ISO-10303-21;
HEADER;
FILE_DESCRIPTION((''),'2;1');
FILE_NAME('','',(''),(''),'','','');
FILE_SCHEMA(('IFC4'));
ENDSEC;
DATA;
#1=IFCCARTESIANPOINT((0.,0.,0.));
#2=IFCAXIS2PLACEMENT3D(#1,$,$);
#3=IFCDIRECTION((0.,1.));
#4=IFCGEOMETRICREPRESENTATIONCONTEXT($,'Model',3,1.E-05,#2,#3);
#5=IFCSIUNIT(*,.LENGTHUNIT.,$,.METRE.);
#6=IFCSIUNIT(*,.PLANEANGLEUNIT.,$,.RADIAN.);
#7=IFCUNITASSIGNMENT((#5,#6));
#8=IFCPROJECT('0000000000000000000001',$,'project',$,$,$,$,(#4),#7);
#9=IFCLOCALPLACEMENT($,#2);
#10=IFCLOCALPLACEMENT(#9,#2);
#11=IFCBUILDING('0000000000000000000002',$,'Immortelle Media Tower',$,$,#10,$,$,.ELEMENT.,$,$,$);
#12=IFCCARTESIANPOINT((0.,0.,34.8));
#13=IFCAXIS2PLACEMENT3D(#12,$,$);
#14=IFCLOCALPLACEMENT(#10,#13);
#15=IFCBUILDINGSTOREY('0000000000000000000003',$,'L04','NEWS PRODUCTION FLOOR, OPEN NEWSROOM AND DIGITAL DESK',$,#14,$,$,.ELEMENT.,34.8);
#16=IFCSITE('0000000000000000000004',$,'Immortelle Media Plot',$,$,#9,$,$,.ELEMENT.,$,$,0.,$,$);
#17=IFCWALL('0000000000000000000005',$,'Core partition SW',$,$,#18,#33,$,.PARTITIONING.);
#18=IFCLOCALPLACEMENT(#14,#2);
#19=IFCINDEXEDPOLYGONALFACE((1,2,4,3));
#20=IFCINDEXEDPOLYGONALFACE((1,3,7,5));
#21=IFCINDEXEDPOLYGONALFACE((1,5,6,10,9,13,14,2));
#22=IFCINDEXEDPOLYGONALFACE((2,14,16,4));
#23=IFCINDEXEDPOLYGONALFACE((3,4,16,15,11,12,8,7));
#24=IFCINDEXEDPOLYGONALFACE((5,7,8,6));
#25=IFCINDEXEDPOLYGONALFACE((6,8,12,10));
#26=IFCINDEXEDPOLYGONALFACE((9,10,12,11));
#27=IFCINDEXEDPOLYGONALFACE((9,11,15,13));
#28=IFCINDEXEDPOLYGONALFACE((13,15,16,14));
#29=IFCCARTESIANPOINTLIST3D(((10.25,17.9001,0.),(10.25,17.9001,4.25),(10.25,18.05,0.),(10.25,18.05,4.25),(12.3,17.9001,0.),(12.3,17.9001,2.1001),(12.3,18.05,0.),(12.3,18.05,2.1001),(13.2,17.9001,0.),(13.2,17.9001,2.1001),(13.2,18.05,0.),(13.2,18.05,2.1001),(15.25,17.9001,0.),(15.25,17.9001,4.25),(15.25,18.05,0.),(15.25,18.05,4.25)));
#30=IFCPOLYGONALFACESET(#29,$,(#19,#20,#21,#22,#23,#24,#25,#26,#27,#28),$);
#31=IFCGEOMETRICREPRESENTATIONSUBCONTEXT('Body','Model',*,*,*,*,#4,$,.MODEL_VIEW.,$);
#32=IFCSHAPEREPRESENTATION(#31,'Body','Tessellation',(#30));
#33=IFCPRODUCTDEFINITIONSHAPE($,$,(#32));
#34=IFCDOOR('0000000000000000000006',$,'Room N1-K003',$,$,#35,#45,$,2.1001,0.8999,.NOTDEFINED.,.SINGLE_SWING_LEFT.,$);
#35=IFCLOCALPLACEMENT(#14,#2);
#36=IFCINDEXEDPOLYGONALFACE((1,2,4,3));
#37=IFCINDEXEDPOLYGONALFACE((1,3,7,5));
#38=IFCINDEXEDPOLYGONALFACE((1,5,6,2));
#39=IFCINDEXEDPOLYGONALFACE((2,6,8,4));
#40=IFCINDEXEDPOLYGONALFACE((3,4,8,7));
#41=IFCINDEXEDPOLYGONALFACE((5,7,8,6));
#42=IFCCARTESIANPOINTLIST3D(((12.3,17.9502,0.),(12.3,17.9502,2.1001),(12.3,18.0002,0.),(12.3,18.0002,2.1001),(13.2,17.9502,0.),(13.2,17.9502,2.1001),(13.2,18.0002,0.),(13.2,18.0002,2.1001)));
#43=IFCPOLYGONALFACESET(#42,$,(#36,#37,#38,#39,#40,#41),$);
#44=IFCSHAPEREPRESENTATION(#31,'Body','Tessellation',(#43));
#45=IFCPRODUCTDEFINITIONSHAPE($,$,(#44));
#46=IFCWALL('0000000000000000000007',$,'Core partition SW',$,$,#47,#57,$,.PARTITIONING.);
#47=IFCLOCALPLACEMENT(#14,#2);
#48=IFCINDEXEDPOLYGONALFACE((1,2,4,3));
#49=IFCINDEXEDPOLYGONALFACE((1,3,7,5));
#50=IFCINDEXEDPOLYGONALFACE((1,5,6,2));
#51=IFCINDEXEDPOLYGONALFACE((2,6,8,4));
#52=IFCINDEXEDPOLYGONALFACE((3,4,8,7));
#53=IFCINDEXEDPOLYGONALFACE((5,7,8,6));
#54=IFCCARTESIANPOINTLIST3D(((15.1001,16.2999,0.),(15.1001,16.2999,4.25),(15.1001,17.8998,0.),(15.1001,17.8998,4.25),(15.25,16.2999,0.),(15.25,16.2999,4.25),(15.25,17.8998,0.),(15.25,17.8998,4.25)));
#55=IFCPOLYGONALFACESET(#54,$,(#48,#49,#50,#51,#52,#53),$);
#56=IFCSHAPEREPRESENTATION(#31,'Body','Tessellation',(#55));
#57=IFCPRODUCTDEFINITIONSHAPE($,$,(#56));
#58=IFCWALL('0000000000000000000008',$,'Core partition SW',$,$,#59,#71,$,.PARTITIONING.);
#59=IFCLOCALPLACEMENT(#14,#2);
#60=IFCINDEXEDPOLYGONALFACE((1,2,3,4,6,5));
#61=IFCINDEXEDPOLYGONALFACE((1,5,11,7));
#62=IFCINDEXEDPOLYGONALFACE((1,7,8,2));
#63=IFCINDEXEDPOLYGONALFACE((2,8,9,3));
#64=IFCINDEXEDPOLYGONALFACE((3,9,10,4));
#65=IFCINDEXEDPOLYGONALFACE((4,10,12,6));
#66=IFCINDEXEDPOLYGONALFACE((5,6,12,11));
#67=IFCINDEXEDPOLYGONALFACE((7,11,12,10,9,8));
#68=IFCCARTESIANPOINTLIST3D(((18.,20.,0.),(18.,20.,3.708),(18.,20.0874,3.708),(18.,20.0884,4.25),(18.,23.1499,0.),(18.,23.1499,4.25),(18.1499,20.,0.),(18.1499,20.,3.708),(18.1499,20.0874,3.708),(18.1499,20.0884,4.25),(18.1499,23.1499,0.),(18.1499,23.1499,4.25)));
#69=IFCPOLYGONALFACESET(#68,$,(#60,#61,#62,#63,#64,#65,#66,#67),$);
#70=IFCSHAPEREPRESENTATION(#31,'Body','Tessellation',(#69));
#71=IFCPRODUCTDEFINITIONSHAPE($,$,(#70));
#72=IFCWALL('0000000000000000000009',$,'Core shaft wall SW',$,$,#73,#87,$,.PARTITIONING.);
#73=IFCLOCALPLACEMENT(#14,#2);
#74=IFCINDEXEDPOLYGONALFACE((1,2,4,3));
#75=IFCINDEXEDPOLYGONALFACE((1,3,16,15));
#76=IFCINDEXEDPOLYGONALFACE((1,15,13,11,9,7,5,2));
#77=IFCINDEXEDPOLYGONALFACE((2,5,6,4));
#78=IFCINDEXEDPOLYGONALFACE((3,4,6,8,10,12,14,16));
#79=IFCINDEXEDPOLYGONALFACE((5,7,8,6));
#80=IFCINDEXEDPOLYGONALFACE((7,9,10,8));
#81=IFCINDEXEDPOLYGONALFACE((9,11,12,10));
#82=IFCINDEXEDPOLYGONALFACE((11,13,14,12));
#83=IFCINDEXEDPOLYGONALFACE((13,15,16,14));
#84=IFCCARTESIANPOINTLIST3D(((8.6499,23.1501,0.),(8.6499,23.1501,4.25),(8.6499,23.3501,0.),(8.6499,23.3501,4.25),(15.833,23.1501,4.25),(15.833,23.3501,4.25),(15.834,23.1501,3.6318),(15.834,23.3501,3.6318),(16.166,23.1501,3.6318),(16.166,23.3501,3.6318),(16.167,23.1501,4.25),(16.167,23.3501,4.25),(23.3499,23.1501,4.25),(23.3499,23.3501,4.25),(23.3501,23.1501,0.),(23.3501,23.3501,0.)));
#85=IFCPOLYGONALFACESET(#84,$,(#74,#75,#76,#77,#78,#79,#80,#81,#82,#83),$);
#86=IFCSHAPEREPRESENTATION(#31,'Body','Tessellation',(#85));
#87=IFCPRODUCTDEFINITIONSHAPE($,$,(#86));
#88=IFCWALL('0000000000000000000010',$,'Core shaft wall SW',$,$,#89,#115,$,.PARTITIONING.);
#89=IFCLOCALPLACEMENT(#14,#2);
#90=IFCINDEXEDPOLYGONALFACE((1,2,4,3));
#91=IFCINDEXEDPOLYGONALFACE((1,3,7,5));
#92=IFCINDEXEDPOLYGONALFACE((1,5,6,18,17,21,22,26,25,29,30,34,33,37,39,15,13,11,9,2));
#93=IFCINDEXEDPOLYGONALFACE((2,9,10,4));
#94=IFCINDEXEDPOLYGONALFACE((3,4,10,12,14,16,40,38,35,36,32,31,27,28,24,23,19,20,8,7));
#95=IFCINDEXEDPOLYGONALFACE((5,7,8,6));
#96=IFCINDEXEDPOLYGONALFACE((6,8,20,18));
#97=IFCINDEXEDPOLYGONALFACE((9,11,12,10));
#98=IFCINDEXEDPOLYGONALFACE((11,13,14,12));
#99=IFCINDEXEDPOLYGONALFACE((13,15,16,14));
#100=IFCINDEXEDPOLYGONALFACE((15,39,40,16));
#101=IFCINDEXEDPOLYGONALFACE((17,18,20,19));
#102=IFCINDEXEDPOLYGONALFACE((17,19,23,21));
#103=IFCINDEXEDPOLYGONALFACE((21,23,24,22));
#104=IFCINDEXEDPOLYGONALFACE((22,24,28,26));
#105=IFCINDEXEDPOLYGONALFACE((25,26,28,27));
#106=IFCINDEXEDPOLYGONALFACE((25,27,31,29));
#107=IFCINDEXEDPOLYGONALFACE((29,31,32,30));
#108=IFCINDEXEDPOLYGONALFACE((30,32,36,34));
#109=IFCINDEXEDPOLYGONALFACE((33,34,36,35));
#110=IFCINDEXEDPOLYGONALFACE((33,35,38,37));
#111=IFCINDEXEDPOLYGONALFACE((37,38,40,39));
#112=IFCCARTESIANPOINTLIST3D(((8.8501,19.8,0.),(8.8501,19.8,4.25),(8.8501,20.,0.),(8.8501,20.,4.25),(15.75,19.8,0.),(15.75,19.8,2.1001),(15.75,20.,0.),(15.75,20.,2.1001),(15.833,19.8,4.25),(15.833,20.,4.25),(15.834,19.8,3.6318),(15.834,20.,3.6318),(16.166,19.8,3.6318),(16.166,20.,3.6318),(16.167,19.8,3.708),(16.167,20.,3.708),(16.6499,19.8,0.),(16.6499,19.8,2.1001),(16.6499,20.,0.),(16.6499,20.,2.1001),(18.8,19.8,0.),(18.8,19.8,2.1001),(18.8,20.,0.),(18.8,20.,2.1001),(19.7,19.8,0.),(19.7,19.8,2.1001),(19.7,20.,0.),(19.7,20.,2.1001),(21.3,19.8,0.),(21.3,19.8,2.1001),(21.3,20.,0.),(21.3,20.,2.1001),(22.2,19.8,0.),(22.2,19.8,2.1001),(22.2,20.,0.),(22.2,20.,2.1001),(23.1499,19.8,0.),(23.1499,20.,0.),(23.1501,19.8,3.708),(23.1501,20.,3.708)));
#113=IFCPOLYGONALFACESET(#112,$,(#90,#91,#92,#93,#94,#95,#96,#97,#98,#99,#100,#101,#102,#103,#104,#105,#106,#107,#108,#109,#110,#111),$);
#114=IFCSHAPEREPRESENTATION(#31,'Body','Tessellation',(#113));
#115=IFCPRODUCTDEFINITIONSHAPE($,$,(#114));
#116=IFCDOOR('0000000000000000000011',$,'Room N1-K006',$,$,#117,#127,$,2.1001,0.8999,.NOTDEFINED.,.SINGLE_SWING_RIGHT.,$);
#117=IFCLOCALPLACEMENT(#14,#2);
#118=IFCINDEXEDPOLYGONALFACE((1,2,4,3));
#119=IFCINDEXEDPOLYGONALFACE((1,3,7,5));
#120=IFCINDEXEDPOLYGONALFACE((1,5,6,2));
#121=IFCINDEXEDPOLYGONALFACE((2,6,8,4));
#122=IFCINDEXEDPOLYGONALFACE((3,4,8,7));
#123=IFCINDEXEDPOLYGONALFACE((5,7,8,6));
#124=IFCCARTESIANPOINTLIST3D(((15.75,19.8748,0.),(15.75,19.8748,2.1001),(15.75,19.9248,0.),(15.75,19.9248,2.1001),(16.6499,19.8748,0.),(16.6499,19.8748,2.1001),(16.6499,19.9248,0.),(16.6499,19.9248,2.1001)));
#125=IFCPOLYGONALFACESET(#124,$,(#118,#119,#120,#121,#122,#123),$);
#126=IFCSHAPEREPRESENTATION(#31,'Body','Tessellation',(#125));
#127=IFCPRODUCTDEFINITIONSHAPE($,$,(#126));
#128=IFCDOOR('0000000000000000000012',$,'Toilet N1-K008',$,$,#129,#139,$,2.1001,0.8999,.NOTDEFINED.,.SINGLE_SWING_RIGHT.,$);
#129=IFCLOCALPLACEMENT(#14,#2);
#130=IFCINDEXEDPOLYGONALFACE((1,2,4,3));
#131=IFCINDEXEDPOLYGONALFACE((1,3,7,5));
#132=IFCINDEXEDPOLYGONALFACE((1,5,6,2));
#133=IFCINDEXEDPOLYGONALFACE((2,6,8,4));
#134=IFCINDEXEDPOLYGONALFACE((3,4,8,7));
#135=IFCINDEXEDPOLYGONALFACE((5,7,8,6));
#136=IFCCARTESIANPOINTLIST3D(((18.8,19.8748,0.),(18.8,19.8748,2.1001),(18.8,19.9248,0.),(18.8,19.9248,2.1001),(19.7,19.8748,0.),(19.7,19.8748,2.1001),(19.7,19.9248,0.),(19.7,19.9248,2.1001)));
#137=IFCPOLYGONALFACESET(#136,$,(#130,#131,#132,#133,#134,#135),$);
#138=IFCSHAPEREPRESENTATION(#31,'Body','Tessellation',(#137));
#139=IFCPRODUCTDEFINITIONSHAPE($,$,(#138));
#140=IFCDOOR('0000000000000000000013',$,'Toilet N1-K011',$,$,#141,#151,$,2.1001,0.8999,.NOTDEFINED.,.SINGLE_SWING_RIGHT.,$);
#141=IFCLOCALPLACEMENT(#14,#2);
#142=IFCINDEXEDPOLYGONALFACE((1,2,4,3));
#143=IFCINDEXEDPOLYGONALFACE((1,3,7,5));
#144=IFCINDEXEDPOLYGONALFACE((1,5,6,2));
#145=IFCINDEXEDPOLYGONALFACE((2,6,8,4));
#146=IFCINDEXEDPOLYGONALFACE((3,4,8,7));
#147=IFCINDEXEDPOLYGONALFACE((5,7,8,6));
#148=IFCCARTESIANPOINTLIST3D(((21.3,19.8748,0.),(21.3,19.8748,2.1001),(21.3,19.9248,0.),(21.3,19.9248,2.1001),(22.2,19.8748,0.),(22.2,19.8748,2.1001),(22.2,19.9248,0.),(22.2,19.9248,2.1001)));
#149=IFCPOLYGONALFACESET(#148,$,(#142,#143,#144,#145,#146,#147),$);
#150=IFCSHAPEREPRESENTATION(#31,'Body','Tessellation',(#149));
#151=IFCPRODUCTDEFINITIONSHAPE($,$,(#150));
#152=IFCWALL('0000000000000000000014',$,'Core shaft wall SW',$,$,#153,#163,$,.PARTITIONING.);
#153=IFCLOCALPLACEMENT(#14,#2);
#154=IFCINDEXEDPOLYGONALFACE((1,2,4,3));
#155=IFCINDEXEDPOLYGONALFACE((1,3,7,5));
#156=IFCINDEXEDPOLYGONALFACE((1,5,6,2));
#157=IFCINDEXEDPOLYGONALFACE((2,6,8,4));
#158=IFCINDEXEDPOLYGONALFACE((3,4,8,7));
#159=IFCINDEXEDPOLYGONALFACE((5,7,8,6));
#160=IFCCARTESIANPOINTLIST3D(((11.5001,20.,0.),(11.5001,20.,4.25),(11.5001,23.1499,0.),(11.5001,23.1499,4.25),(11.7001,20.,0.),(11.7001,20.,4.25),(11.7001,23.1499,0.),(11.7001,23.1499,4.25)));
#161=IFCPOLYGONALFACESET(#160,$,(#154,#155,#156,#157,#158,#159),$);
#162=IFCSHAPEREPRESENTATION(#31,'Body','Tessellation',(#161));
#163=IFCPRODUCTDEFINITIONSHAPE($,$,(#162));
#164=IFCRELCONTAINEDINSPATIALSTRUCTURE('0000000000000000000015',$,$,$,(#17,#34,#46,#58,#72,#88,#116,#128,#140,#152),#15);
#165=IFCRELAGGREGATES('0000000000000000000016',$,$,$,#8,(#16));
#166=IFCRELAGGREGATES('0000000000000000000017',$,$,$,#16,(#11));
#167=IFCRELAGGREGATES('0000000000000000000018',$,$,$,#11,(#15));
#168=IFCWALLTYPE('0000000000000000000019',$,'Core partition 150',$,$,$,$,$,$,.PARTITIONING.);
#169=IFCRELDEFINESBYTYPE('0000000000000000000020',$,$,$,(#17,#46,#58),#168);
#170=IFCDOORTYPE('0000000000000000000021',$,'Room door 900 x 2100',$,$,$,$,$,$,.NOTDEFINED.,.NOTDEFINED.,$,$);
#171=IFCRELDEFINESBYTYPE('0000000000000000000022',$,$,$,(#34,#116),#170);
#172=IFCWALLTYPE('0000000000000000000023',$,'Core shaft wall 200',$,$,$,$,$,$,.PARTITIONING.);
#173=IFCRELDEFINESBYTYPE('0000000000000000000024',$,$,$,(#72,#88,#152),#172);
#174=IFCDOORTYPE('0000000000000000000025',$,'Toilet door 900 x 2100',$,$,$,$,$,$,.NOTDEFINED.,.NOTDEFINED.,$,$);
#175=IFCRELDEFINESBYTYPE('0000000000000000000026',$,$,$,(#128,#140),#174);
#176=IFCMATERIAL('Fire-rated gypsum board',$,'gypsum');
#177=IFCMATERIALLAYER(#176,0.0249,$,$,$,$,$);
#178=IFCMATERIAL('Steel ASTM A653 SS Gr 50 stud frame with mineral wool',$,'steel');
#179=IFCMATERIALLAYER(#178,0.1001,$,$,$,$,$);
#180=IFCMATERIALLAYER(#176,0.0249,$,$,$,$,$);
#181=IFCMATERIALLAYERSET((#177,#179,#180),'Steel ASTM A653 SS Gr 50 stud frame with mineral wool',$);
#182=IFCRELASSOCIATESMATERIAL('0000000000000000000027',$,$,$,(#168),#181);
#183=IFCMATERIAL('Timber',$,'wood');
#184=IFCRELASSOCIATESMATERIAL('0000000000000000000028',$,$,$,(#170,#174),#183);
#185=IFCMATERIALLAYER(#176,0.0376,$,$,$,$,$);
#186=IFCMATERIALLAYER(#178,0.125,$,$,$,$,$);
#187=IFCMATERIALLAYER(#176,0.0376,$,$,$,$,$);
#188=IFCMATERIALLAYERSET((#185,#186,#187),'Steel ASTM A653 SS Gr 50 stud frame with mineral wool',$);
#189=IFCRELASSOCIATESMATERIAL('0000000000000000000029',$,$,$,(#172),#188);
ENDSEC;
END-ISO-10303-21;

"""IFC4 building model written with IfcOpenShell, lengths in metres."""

from ifc_helpers import new_model, si_unit, direction, frame, frame_2d, origin, place, context, subcontext, project, spatial, polyline, rectangle, outline, extrude, material, layer, layer_set, type_object, element, fill, save


model = new_model("IFC4")

# Units and contexts
model_context = context("Model", 3, precision=1e-05, world=origin(), true_north=direction((0.0, 1.0)))
body_context = subcontext(model_context, "Body", "Model", "MODEL_VIEW")
ifc_project = project(units=[si_unit("LENGTHUNIT", "METRE"), si_unit("PLANEANGLEUNIT", "RADIAN")], contexts=[model_context])

# Site, building, storey
site_placement = place(None, origin())
site = spatial("IfcSite", under=ifc_project, at=site_placement, Name="Immortelle Media Plot", CompositionType="ELEMENT", RefElevation=0.0)
building_placement = place(site_placement, origin())
building = spatial("IfcBuilding", under=site, at=building_placement, Name="Immortelle Media Tower", CompositionType="ELEMENT")
storey_placement = place(building_placement, frame((0.0, 0.0, 34.8)))
storey = spatial("IfcBuildingStorey", under=building, at=storey_placement, Name="L04", Description="NEWS PRODUCTION FLOOR, OPEN NEWSROOM AND DIGITAL DESK", CompositionType="ELEMENT", Elevation=34.8)

# Shared definitions
ifc_material_1 = material(Name="Fire-rated gypsum board", Category="gypsum")
ifc_layer_1 = layer(ifc_material_1, 0.0249)
ifc_material_2 = material(Name="Steel ASTM A653 SS Gr 50 stud frame with mineral wool", Category="steel")
ifc_layer_2 = layer(ifc_material_2, 0.1001)
ifc_layer_3 = layer(ifc_material_1, 0.0249)
ifc_layer_set_1 = layer_set([ifc_layer_1, ifc_layer_2, ifc_layer_3], Name="Steel ASTM A653 SS Gr 50 stud frame with mineral wool")
wall_type_1 = type_object("IfcWallType", Name="Core partition 150", PredefinedType="PARTITIONING", material=ifc_layer_set_1)

# Wall, opening, door
wall_1_placement = place(storey_placement, frame((10.25, 17.9751, 0.0), z_axis=(0.0, 0.0, 1.0), x_axis=(1.0, 0.0, 0.0)))
wall_1 = element("IfcWall", 1, at=wall_1_placement, inside=storey, type_object=wall_type_1, Name="Core partition SW", PredefinedType="PARTITIONING", context=body_context, shape_type="SweptSolid", body=[
    extrude(rectangle(XDim=5.0, YDim=0.1499, at=frame_2d((2.5, 0.0))), origin(), (0.0, 0.0, 1.0), 4.25),
])
opening_1_placement = place(wall_1_placement, frame((2.95, 0.0, 0.0), z_axis=(0.0, 0.0, 1.0), x_axis=(-1.0, 0.0, 0.0)))
opening_1 = element("IfcOpeningElement", 2, at=opening_1_placement, cuts=wall_1, PredefinedType="OPENING", context=body_context, shape_type="SweptSolid", body=[
    extrude(rectangle(XDim=0.8999, YDim=2.1001, at=frame_2d((0.45, 1.05))), frame((0.0, 0.085, 0.0), z_axis=(0.0, -1.0, 0.0), x_axis=(1.0, 0.0, 0.0)), (0.0, 0.0, 1.0), 0.1699),
])
ifc_material_3 = material(Name="Timber", Category="wood")
door_type_1 = type_object("IfcDoorType", Name="Room door 900 x 2100", OperationType="NOTDEFINED", PredefinedType="NOTDEFINED", material=ifc_material_3)
door_1_placement = place(opening_1_placement, origin())
door_1 = element("IfcDoor", 3, at=door_1_placement, inside=storey, type_object=door_type_1, Name="Room N1-K003", OperationType="SINGLE_SWING_LEFT", OverallHeight=2.1001, OverallWidth=0.8999, PredefinedType="NOTDEFINED", context=body_context, shape_type="SweptSolid", body=[
    extrude(rectangle(XDim=0.8999, YDim=2.1001, at=frame_2d((0.45, 1.05))), frame((0.0, 0.0249, 0.0), z_axis=(0.0, -1.0, 0.0), x_axis=(1.0, 0.0, 0.0)), (0.0, 0.0, 1.0), 0.05),
])
fill(opening_1, door_1)

# Walls
wall_2_placement = place(storey_placement, frame((15.175, 16.3, 0.0), z_axis=(0.0, 0.0, 1.0), x_axis=(0.0, 1.0, 0.0)))
element("IfcWall", 4, at=wall_2_placement, inside=storey, type_object=wall_type_1, Name="Core partition SW", PredefinedType="PARTITIONING", context=body_context, shape_type="SweptSolid", body=[
    extrude(rectangle(XDim=1.5999, YDim=0.1499, at=frame_2d((0.7998, 0.0))), origin(), (0.0, 0.0, 1.0), 4.25),
])
wall_3_placement = place(storey_placement, frame((18.075, 20.0, 0.0), z_axis=(0.0, 0.0, 1.0), x_axis=(0.0, 1.0, 0.0)))
element("IfcWall", 5, at=wall_3_placement, inside=storey, type_object=wall_type_1, Name="Core partition SW", PredefinedType="PARTITIONING", context=body_context, shape_type="SweptSolid", body=[
    extrude(outline(polyline([(0.0, 0.0), (3.1499, 0.0), (3.1499, 4.25), (0.0884, 4.25), (0.0874, 3.708), (0.0, 3.708), (0.0, 0.0)])), frame((0.0, 0.075, 0.0), z_axis=(0.0, -1.0, 0.0), x_axis=(1.0, 0.0, 0.0)), (0.0, 0.0, 1.0), 0.1499),
])
ifc_layer_4 = layer(ifc_material_1, 0.0376)
ifc_layer_5 = layer(ifc_material_2, 0.125)
ifc_layer_6 = layer(ifc_material_1, 0.0376)
ifc_layer_set_2 = layer_set([ifc_layer_4, ifc_layer_5, ifc_layer_6], Name="Steel ASTM A653 SS Gr 50 stud frame with mineral wool")
wall_type_2 = type_object("IfcWallType", Name="Core shaft wall 200", PredefinedType="PARTITIONING", material=ifc_layer_set_2)
wall_4_placement = place(storey_placement, frame((8.6499, 23.25, 0.0), z_axis=(0.0, 0.0, 1.0), x_axis=(1.0, 0.0, 0.0)))
element("IfcWall", 6, at=wall_4_placement, inside=storey, type_object=wall_type_2, Name="Core shaft wall SW", PredefinedType="PARTITIONING", context=body_context, shape_type="SweptSolid", body=[
    extrude(outline(polyline([(0.0, 0.0), (14.7002, 0.0), (14.7, 4.25), (7.5171, 4.25), (7.5161, 3.6318), (7.1841, 3.6318), (7.1831, 4.25), (0.0, 4.25), (0.0, 0.0)])), frame((0.0, 0.1001, 0.0), z_axis=(0.0, -1.0, 0.0), x_axis=(1.0, 0.0, 0.0)), (0.0, 0.0, 1.0), 0.2),
])

# Wall, openings, doors
wall_5_placement = place(storey_placement, frame((8.8501, 19.8999, 0.0), z_axis=(0.0, 0.0, 1.0), x_axis=(1.0, 0.0, 0.0)))
wall_5 = element("IfcWall", 7, at=wall_5_placement, inside=storey, type_object=wall_type_2, Name="Core shaft wall SW", PredefinedType="PARTITIONING", context=body_context, shape_type="SweptSolid", body=[
    extrude(outline(polyline([(0.0, 0.0), (14.2998, 0.0), (14.3, 3.708), (7.3169, 3.708), (7.3159, 3.6318), (6.9839, 3.6318), (6.9829, 4.25), (0.0, 4.25), (0.0, 0.0)])), frame((0.0, 0.1001, 0.0), z_axis=(0.0, -1.0, 0.0), x_axis=(1.0, 0.0, 0.0)), (0.0, 0.0, 1.0), 0.2),
])
opening_2_placement = place(wall_5_placement, frame((6.8999, 0.0, 0.0)))
opening_2 = element("IfcOpeningElement", 8, at=opening_2_placement, cuts=wall_5, PredefinedType="OPENING", context=body_context, shape_type="SweptSolid", body=[
    extrude(rectangle(XDim=0.8999, YDim=2.1001, at=frame_2d((0.45, 1.05))), frame((0.0, 0.1099, 0.0), z_axis=(0.0, -1.0, 0.0), x_axis=(1.0, 0.0, 0.0)), (0.0, 0.0, 1.0), 0.22),
])
opening_3_placement = place(wall_5_placement, frame((9.95, 0.0, 0.0)))
opening_3 = element("IfcOpeningElement", 9, at=opening_3_placement, cuts=wall_5, PredefinedType="OPENING", context=body_context, shape_type="SweptSolid", body=[
    extrude(rectangle(XDim=0.8999, YDim=2.1001, at=frame_2d((0.45, 1.05))), frame((0.0, 0.1099, 0.0), z_axis=(0.0, -1.0, 0.0), x_axis=(1.0, 0.0, 0.0)), (0.0, 0.0, 1.0), 0.22),
])
opening_4_placement = place(wall_5_placement, frame((12.45, 0.0, 0.0)))
opening_4 = element("IfcOpeningElement", 10, at=opening_4_placement, cuts=wall_5, PredefinedType="OPENING", context=body_context, shape_type="SweptSolid", body=[
    extrude(rectangle(XDim=0.8999, YDim=2.1001, at=frame_2d((0.45, 1.05))), frame((0.0, 0.1099, 0.0), z_axis=(0.0, -1.0, 0.0), x_axis=(1.0, 0.0, 0.0)), (0.0, 0.0, 1.0), 0.22),
])
door_2_placement = place(opening_2_placement, origin())
door_2 = element("IfcDoor", 11, at=door_2_placement, inside=storey, type_object=door_type_1, Name="Room N1-K006", OperationType="SINGLE_SWING_RIGHT", OverallHeight=2.1001, OverallWidth=0.8999, PredefinedType="NOTDEFINED", context=body_context, shape_type="SweptSolid", body=[
    extrude(rectangle(XDim=0.8999, YDim=2.1001, at=frame_2d((0.45, 1.05))), frame((0.0, 0.0249, 0.0), z_axis=(0.0, -1.0, 0.0), x_axis=(1.0, 0.0, 0.0)), (0.0, 0.0, 1.0), 0.05),
])
fill(opening_2, door_2)
door_type_2 = type_object("IfcDoorType", Name="Toilet door 900 x 2100", OperationType="NOTDEFINED", PredefinedType="NOTDEFINED", material=ifc_material_3)
door_3_placement = place(opening_3_placement, origin())
door_3 = element("IfcDoor", 12, at=door_3_placement, inside=storey, type_object=door_type_2, Name="Toilet N1-K008", OperationType="SINGLE_SWING_RIGHT", OverallHeight=2.1001, OverallWidth=0.8999, PredefinedType="NOTDEFINED", context=body_context, shape_type="SweptSolid", body=[
    extrude(rectangle(XDim=0.8999, YDim=2.1001, at=frame_2d((0.45, 1.05))), frame((0.0, 0.0249, 0.0), z_axis=(0.0, -1.0, 0.0), x_axis=(1.0, 0.0, 0.0)), (0.0, 0.0, 1.0), 0.05),
])
fill(opening_3, door_3)
door_4_placement = place(opening_4_placement, origin())
door_4 = element("IfcDoor", 13, at=door_4_placement, inside=storey, type_object=door_type_2, Name="Toilet N1-K011", OperationType="SINGLE_SWING_RIGHT", OverallHeight=2.1001, OverallWidth=0.8999, PredefinedType="NOTDEFINED", context=body_context, shape_type="SweptSolid", body=[
    extrude(rectangle(XDim=0.8999, YDim=2.1001, at=frame_2d((0.45, 1.05))), frame((0.0, 0.0249, 0.0), z_axis=(0.0, -1.0, 0.0), x_axis=(1.0, 0.0, 0.0)), (0.0, 0.0, 1.0), 0.05),
])
fill(opening_4, door_4)

# Wall
for number, where, z_axis, x_axis, name in (
    (14, (11.6001, 20.0, 0.0), (0.0, 0.0, 1.0), (0.0, 1.0, 0.0), "Core shaft wall SW"),
):
    element("IfcWall", number, at=place(storey_placement, frame(where, z_axis=z_axis, x_axis=x_axis)), inside=storey, type_object=wall_type_2, Name=name, PredefinedType="PARTITIONING", context=body_context, shape_type="SweptSolid", body=[
        extrude(rectangle(XDim=3.1499, YDim=0.2, at=frame_2d((1.575, 0.0))), origin(), (0.0, 0.0, 1.0), 4.25),
    ])

save(model, "model.ifc")
